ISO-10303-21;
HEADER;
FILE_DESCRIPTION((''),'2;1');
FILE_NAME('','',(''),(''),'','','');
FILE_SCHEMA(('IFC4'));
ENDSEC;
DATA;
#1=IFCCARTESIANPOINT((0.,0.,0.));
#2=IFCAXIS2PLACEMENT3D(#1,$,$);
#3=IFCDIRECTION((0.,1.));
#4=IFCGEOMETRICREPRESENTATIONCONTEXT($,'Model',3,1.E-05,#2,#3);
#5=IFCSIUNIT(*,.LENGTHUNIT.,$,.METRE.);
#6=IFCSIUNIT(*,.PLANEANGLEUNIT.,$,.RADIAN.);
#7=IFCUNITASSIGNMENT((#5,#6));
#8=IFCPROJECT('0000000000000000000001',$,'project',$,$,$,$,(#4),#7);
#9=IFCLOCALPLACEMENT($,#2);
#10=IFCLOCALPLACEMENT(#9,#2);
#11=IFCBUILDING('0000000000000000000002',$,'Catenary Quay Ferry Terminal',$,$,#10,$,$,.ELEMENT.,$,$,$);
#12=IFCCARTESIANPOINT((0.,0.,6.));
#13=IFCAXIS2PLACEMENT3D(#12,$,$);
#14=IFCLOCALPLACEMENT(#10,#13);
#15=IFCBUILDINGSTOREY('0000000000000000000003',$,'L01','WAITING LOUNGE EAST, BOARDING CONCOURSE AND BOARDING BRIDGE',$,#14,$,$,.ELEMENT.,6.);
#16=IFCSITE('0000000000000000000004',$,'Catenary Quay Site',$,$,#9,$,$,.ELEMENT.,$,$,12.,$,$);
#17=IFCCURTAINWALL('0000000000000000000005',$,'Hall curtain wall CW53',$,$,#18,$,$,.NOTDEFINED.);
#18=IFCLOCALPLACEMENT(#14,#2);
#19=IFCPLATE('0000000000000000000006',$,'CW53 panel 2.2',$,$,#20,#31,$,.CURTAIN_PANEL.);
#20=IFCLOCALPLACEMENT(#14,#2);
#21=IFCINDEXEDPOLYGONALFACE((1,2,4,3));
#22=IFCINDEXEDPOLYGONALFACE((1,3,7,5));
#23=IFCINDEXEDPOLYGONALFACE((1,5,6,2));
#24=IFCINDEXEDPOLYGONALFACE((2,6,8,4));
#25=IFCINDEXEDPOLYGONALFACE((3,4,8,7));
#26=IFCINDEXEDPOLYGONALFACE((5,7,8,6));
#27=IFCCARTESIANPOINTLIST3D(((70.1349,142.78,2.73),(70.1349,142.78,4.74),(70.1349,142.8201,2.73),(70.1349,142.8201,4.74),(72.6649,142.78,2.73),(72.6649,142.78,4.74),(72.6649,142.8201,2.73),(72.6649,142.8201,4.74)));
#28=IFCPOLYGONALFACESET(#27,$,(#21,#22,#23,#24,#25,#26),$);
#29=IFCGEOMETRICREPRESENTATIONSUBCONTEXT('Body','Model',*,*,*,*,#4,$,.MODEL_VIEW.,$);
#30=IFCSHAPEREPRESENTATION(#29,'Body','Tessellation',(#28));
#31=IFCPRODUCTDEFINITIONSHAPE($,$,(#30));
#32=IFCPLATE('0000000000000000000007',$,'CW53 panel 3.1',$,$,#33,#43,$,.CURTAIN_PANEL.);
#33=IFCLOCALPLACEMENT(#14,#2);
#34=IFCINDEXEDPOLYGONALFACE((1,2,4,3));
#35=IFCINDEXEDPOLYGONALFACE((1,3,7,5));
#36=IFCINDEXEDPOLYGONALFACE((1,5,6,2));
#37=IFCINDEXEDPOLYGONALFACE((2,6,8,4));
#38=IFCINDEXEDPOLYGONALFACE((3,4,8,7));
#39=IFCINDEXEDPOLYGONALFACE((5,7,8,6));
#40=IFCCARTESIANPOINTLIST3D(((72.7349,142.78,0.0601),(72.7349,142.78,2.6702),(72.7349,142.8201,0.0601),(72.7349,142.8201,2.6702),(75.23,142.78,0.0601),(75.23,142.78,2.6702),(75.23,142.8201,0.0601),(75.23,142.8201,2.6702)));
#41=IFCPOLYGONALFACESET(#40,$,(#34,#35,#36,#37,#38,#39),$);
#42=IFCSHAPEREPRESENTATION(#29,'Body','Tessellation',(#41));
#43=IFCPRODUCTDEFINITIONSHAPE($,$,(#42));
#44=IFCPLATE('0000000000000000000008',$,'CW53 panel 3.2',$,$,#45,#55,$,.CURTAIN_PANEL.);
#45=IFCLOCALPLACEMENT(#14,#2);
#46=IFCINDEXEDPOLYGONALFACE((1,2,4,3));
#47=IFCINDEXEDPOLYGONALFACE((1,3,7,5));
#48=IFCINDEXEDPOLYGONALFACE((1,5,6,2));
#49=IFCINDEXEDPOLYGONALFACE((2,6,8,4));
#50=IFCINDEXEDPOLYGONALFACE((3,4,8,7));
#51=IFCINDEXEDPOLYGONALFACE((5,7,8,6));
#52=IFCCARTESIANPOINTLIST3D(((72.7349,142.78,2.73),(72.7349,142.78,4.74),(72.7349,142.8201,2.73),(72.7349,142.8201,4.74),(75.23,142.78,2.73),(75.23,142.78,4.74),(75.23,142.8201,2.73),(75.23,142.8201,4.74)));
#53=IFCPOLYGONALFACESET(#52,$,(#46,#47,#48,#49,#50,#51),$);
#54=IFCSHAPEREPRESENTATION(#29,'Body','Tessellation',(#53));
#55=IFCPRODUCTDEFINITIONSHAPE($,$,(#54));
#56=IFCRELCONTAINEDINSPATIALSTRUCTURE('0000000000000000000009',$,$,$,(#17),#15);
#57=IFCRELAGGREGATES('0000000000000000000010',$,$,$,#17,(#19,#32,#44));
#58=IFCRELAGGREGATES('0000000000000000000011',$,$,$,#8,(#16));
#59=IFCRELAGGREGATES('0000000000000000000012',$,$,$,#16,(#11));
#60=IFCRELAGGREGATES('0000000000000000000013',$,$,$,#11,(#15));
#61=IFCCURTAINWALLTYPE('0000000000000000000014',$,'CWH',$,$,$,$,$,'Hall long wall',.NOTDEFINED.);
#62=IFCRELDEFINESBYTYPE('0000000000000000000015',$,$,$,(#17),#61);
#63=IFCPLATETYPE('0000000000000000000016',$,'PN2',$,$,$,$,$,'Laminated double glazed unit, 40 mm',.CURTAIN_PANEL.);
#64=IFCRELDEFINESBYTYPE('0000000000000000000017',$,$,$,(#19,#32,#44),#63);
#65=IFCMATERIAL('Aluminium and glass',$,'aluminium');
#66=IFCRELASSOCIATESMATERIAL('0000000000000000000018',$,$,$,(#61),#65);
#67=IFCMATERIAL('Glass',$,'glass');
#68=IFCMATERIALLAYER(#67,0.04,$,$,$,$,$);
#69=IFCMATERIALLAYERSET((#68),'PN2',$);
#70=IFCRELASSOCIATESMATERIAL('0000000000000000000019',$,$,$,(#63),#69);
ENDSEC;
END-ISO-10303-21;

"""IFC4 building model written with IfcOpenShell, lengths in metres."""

from ifc_helpers import new_model, si_unit, direction, frame, origin, origin_2d, place, context, subcontext, project, spatial, rectangle, extrude, material, layer, layer_set, type_object, element, aggregate, save


model = new_model("IFC4")

# Units and contexts
model_context = context("Model", 3, precision=1e-05, world=origin(), true_north=direction((0.0, 1.0)))
body_context = subcontext(model_context, "Body", "Model", "MODEL_VIEW")
ifc_project = project(units=[si_unit("LENGTHUNIT", "METRE"), si_unit("PLANEANGLEUNIT", "RADIAN")], contexts=[model_context])

# Site, building, storey
site_placement = place(None, origin())
site = spatial("IfcSite", under=ifc_project, at=site_placement, Name="Catenary Quay Site", CompositionType="ELEMENT", RefElevation=12.0)
building_placement = place(site_placement, origin())
building = spatial("IfcBuilding", under=site, at=building_placement, Name="Catenary Quay Ferry Terminal", CompositionType="ELEMENT")
storey_placement = place(building_placement, frame((0.0, 0.0, 6.0)))
storey = spatial("IfcBuildingStorey", under=building, at=storey_placement, Name="L01", Description="WAITING LOUNGE EAST, BOARDING CONCOURSE AND BOARDING BRIDGE", CompositionType="ELEMENT", Elevation=6.0)

# Curtain wall, plates
ifc_material_1 = material(Name="Aluminium and glass", Category="aluminium")
curtain_wall_type_1 = type_object("IfcCurtainWallType", Name="CWH", ElementType="Hall long wall", PredefinedType="NOTDEFINED", material=ifc_material_1)
curtain_wall_1_placement = place(storey_placement, origin())
curtain_wall_1 = element("IfcCurtainWall", 1, at=curtain_wall_1_placement, inside=storey, type_object=curtain_wall_type_1, Name="Hall curtain wall CW53", PredefinedType="NOTDEFINED")
ifc_material_2 = material(Name="Glass", Category="glass")
ifc_layer = layer(ifc_material_2, 0.04)
ifc_layer_set = layer_set([ifc_layer], Name="PN2")
plate_type = type_object("IfcPlateType", Name="PN2", ElementType="Laminated double glazed unit, 40 mm", PredefinedType="CURTAIN_PANEL", material=ifc_layer_set)
plate_1_placement = place(storey_placement, frame((71.3999, 142.8, 2.73), z_axis=(0.0, 0.0, 1.0), x_axis=(1.0, 0.0, 0.0)))
plate_1 = element("IfcPlate", 2, at=plate_1_placement, type_object=plate_type, Name="CW53 panel 2.2", PredefinedType="CURTAIN_PANEL", context=body_context, shape_type="SweptSolid", body=[
    extrude(rectangle(XDim=2.53, YDim=0.04, at=origin_2d()), origin(), (0.0, 0.0, 1.0), 2.01),
])
plate_2_placement = place(storey_placement, frame((73.9824, 142.8, 0.0601), z_axis=(0.0, 0.0, 1.0), x_axis=(1.0, 0.0, 0.0)))
plate_2 = element("IfcPlate", 3, at=plate_2_placement, type_object=plate_type, Name="CW53 panel 3.1", PredefinedType="CURTAIN_PANEL", context=body_context, shape_type="SweptSolid", body=[
    extrude(rectangle(XDim=2.4951, YDim=0.04, at=origin_2d()), origin(), (0.0, 0.0, 1.0), 2.6101),
])
plate_3_placement = place(storey_placement, frame((73.9824, 142.8, 2.73), z_axis=(0.0, 0.0, 1.0), x_axis=(1.0, 0.0, 0.0)))
plate_3 = element("IfcPlate", 4, at=plate_3_placement, type_object=plate_type, Name="CW53 panel 3.2", PredefinedType="CURTAIN_PANEL", context=body_context, shape_type="SweptSolid", body=[
    extrude(rectangle(XDim=2.4951, YDim=0.04, at=origin_2d()), origin(), (0.0, 0.0, 1.0), 2.01),
])
aggregate(curtain_wall_1, [plate_1, plate_2, plate_3])

save(model, "model.ifc")
